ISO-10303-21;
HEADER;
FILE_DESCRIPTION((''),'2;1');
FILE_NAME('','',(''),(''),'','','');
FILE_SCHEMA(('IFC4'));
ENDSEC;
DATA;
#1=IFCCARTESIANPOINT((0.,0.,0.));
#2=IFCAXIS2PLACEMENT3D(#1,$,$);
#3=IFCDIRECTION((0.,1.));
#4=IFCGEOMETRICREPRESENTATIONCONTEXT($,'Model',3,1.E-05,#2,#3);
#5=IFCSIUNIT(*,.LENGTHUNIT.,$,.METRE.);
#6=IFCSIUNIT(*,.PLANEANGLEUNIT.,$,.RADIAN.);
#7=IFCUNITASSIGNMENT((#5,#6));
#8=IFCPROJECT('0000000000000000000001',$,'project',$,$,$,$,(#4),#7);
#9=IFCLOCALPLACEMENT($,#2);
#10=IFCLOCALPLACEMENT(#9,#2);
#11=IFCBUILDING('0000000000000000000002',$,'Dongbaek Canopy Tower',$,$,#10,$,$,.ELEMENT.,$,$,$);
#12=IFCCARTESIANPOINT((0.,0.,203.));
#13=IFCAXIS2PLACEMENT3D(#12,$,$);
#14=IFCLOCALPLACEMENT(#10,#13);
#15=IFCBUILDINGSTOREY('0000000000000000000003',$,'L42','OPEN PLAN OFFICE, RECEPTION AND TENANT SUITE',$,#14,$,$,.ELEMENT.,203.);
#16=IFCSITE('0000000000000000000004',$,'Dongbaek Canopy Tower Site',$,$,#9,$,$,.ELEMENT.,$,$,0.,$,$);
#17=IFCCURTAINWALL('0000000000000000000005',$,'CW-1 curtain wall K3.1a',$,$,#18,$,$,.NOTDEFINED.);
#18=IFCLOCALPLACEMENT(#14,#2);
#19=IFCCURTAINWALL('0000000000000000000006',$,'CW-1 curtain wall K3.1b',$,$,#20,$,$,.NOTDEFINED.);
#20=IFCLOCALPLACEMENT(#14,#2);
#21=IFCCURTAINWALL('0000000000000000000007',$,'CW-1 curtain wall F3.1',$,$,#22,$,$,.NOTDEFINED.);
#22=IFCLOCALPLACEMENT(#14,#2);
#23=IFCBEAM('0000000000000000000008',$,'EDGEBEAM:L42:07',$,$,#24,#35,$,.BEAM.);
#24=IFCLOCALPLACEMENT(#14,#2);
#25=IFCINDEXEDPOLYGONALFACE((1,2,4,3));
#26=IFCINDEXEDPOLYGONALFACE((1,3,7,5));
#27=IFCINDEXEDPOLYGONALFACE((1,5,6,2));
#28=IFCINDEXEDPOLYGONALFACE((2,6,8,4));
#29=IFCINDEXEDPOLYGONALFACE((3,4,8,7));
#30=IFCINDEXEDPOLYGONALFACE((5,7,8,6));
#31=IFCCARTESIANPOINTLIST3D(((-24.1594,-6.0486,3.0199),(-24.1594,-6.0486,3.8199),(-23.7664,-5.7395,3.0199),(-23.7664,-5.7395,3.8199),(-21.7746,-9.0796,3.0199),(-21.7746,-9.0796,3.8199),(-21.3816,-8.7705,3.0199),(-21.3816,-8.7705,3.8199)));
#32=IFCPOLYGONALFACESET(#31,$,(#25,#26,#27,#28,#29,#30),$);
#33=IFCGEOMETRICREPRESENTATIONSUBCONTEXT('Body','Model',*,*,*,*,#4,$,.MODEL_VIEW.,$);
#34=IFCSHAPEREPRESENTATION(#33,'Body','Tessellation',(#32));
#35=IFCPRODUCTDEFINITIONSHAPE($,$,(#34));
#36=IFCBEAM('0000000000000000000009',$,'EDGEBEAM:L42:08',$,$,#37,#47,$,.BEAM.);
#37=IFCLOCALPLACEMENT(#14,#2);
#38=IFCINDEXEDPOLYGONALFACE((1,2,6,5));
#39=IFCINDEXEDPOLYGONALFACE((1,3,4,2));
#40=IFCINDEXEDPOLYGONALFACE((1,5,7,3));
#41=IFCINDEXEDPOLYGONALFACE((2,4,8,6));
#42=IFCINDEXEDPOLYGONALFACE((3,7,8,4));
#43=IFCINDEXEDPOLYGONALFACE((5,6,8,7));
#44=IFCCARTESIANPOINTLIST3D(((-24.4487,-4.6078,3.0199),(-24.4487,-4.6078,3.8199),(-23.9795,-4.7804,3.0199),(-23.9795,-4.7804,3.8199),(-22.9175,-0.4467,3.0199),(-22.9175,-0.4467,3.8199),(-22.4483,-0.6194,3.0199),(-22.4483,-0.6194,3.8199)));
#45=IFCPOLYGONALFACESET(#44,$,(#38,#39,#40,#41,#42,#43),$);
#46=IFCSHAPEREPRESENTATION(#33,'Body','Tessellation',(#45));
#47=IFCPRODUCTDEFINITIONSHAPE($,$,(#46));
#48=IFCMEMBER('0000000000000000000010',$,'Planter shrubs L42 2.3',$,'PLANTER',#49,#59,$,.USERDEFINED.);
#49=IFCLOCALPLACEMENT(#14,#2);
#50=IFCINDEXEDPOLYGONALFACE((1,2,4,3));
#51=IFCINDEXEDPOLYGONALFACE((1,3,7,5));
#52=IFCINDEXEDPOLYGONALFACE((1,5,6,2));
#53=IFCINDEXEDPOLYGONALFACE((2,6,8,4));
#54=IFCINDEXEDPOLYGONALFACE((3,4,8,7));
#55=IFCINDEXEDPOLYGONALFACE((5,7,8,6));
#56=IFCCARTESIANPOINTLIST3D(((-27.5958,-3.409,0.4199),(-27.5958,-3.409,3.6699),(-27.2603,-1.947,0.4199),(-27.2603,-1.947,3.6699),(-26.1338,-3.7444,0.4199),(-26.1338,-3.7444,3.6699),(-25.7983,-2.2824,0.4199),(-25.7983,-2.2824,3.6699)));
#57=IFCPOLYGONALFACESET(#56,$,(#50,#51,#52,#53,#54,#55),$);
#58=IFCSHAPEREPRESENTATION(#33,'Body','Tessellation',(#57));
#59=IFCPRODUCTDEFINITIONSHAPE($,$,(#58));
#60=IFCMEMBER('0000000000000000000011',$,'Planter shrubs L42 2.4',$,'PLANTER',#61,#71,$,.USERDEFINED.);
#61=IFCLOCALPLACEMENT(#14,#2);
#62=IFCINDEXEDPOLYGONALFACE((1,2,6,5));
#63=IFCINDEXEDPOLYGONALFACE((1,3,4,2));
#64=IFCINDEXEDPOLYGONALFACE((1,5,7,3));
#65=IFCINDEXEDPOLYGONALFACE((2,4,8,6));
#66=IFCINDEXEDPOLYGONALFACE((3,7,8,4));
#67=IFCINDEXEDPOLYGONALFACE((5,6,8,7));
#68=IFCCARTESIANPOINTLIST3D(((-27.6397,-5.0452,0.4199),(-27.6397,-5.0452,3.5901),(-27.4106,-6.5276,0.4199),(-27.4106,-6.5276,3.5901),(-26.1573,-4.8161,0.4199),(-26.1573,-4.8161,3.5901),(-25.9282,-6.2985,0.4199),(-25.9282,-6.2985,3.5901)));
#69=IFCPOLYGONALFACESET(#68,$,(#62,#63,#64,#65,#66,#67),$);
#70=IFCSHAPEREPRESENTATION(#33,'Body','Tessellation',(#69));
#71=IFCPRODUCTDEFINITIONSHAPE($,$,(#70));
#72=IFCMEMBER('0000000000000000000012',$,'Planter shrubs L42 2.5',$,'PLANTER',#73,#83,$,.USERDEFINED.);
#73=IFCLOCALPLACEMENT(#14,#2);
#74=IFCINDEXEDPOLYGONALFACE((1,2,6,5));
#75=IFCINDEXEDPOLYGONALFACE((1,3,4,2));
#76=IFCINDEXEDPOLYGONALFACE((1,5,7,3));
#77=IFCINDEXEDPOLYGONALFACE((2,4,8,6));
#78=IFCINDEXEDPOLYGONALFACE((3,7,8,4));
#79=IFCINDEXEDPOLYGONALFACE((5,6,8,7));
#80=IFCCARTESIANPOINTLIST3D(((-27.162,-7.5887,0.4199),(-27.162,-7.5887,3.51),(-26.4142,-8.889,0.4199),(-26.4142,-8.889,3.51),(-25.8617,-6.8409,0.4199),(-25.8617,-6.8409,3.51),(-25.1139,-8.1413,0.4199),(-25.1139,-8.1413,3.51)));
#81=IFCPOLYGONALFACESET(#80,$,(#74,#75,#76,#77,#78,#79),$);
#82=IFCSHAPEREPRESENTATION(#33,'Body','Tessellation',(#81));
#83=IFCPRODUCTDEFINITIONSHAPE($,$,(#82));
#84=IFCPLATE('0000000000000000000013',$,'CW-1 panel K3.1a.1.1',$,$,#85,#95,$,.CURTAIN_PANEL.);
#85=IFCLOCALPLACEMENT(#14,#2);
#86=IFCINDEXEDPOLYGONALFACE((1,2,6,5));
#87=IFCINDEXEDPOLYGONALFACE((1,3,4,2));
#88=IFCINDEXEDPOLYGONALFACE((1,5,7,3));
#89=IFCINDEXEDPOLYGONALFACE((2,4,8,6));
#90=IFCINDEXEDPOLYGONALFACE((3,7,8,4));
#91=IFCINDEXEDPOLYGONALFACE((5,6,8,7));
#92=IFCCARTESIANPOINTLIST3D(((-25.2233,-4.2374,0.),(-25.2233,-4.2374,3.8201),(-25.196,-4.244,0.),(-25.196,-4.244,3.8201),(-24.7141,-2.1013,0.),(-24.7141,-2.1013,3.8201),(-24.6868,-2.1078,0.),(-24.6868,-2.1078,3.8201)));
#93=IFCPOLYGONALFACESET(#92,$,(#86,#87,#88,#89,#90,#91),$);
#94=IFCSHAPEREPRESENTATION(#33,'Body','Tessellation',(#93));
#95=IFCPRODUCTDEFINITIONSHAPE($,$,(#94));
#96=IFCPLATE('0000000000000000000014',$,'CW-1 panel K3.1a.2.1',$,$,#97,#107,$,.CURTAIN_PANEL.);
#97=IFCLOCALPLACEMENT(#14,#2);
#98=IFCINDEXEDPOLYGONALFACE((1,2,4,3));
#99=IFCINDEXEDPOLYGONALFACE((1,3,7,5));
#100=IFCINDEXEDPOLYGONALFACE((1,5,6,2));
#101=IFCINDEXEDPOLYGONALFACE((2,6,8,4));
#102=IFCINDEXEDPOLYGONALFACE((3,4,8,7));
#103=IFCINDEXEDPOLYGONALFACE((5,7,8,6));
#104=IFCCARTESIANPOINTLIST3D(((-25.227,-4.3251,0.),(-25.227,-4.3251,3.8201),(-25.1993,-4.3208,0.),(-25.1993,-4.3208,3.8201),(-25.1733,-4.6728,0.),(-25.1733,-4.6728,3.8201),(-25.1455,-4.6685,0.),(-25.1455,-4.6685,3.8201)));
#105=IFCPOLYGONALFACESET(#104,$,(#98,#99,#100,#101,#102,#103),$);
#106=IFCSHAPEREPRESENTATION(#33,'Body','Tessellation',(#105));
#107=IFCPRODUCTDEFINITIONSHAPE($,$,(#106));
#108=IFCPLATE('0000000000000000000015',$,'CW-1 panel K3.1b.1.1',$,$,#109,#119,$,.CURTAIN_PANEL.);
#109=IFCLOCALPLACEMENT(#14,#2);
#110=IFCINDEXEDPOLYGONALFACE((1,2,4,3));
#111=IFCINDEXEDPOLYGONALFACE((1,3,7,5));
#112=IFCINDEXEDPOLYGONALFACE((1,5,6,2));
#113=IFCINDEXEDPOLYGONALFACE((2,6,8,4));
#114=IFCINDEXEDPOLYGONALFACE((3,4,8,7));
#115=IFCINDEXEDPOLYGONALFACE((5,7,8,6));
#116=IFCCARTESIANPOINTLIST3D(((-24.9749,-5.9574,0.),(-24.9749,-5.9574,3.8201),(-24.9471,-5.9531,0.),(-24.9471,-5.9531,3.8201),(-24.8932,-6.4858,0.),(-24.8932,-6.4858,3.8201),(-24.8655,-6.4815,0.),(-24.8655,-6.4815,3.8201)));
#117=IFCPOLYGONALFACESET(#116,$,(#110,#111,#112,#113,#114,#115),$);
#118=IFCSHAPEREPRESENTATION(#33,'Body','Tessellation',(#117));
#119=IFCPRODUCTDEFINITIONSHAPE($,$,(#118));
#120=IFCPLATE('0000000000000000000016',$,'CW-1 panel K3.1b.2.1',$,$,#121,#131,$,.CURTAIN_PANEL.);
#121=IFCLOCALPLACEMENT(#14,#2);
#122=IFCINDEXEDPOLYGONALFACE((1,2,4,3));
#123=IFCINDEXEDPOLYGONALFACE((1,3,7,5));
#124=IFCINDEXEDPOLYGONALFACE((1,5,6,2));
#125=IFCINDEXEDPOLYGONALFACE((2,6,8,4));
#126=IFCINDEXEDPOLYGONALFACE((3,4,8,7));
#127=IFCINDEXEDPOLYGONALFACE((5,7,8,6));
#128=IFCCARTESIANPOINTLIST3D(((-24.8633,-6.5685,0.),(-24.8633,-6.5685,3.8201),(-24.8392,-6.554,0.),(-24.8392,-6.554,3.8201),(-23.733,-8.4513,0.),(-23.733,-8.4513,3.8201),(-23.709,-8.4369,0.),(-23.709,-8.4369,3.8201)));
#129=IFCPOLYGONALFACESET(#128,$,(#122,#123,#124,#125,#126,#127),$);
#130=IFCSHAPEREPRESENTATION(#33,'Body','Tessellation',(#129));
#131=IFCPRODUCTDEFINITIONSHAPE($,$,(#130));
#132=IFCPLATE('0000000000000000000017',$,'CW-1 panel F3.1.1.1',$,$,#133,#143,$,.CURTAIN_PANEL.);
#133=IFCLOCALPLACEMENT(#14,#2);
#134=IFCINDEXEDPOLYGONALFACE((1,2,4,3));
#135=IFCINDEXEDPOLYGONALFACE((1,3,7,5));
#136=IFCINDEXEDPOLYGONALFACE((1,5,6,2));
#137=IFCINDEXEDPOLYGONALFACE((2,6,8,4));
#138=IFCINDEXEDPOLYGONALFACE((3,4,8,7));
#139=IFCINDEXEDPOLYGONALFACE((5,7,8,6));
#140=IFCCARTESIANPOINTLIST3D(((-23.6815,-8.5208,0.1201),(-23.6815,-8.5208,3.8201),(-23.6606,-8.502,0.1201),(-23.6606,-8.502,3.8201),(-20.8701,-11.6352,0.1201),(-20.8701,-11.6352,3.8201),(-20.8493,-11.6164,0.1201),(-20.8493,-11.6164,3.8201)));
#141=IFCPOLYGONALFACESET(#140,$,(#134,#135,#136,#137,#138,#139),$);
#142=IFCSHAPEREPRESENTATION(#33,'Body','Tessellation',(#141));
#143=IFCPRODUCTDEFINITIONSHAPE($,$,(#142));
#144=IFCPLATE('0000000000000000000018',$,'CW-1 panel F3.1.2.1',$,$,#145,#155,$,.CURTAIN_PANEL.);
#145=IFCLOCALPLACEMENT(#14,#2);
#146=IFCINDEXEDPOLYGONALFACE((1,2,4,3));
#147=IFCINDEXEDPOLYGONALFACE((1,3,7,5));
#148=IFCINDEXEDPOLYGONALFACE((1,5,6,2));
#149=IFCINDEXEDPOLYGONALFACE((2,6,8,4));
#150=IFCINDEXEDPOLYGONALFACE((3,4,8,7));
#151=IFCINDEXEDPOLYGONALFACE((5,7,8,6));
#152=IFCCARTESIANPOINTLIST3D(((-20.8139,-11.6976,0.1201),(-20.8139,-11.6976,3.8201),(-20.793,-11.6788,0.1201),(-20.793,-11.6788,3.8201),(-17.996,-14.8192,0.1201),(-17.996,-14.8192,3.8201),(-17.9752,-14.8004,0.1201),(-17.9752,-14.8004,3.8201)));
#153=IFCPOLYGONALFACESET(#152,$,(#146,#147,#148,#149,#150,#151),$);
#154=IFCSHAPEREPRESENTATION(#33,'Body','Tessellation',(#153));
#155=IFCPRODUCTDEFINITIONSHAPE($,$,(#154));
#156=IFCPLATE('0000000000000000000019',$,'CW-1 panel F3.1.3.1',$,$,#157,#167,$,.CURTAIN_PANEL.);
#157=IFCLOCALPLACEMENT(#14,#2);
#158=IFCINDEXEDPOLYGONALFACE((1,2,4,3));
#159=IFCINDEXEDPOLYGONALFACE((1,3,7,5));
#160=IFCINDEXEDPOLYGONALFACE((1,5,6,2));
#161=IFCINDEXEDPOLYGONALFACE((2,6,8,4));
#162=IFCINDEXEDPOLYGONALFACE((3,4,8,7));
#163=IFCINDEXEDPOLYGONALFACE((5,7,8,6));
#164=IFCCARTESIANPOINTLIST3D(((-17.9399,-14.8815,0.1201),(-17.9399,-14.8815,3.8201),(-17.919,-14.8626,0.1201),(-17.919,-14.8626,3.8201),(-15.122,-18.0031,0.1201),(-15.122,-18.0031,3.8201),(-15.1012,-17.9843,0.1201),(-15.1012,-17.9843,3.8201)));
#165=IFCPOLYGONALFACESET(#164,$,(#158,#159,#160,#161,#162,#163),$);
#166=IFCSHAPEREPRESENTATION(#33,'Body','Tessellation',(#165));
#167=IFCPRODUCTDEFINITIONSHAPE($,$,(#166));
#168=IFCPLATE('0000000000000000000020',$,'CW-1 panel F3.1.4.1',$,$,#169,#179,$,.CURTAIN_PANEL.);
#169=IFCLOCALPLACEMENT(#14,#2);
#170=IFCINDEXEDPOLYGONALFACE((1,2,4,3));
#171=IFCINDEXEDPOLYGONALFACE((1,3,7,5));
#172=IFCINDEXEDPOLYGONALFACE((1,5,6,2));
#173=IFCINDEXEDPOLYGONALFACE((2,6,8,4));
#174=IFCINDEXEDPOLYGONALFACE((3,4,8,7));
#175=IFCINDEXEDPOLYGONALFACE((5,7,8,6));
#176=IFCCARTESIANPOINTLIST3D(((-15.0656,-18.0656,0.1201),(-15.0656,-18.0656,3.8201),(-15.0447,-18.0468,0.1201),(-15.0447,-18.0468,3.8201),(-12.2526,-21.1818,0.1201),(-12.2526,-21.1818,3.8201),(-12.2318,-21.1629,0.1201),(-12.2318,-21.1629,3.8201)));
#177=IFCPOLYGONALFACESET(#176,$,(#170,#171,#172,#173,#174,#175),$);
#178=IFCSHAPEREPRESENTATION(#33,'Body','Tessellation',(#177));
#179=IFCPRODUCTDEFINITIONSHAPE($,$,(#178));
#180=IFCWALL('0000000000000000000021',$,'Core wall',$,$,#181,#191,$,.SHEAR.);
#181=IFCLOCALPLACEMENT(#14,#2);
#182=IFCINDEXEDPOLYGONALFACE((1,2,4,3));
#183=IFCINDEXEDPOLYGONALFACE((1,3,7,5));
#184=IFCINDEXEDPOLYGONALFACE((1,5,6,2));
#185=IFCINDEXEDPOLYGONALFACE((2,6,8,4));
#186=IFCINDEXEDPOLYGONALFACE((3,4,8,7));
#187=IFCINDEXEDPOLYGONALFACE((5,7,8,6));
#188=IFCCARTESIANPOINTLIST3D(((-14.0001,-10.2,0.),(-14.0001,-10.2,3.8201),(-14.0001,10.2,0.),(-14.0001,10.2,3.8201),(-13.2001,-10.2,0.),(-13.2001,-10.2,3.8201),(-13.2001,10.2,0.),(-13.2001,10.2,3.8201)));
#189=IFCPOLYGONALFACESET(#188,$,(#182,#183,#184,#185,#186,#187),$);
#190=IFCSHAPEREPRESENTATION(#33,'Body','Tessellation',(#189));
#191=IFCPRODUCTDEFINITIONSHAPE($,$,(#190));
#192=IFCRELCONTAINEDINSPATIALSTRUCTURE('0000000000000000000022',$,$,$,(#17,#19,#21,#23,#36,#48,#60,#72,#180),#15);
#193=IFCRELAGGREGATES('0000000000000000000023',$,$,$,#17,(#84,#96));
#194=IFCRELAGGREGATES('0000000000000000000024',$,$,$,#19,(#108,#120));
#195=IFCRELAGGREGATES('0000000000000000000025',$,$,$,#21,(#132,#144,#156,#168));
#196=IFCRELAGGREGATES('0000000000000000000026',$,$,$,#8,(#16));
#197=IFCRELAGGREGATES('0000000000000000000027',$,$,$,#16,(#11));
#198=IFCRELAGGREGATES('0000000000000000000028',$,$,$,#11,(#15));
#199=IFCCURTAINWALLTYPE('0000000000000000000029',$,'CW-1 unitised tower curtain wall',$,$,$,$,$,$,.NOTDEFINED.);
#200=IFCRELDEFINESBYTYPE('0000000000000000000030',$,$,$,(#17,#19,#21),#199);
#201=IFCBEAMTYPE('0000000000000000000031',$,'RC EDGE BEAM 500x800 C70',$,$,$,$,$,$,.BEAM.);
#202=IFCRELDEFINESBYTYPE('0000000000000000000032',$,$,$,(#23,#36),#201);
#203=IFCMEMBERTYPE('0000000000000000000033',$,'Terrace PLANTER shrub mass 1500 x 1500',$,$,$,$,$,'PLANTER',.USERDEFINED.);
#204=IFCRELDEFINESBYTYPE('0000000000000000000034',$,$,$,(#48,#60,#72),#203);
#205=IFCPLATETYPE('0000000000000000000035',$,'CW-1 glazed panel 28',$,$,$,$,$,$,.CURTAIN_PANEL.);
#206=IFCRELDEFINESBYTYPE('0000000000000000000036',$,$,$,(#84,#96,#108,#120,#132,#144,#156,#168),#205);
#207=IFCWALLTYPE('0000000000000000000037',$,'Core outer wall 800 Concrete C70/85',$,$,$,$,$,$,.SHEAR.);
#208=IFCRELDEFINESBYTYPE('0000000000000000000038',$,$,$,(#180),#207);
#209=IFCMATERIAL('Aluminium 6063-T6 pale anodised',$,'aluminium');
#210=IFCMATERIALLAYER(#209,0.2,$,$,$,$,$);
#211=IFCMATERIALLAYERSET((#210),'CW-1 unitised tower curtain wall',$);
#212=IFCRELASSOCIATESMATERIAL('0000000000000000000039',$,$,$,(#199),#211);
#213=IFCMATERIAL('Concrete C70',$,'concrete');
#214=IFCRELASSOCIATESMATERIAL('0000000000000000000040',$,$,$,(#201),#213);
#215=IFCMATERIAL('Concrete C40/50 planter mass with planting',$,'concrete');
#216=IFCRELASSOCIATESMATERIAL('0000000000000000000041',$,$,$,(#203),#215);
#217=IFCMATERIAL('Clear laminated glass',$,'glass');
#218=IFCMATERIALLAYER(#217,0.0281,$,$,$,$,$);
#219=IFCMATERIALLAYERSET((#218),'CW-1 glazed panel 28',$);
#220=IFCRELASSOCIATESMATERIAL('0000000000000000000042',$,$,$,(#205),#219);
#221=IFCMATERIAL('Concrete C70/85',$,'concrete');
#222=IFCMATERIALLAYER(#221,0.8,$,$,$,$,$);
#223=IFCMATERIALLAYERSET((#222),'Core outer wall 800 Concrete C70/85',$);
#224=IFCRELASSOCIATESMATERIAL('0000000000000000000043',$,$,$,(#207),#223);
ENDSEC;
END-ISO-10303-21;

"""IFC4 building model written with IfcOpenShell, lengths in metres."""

from ifc_helpers import new_model, si_unit, direction, frame, frame_2d, origin, origin_2d, place, context, subcontext, project, spatial, rectangle, extrude, material, layer, layer_set, material_profile, profile_set, type_object, element, aggregate, save


model = new_model("IFC4")

# Units and contexts
model_context = context("Model", 3, precision=1e-05, world=origin(), true_north=direction((0.0, 1.0)))
body_context = subcontext(model_context, "Body", "Model", "MODEL_VIEW")
ifc_project = project(units=[si_unit("LENGTHUNIT", "METRE"), si_unit("PLANEANGLEUNIT", "RADIAN")], contexts=[model_context])

# Site, building, storey
site_placement = place(None, origin())
site = spatial("IfcSite", under=ifc_project, at=site_placement, Name="Dongbaek Canopy Tower Site", CompositionType="ELEMENT", RefElevation=0.0)
building_placement = place(site_placement, origin())
building = spatial("IfcBuilding", under=site, at=building_placement, Name="Dongbaek Canopy Tower", CompositionType="ELEMENT")
storey_placement = place(building_placement, frame((0.0, 0.0, 203.0)))
storey = spatial("IfcBuildingStorey", under=building, at=storey_placement, Name="L42", Description="OPEN PLAN OFFICE, RECEPTION AND TENANT SUITE", CompositionType="ELEMENT", Elevation=203.0)

# Curtain walls
ifc_material_1 = material(Name="Aluminium 6063-T6 pale anodised", Category="aluminium")
ifc_layer_1 = layer(ifc_material_1, 0.2)
ifc_layer_set_1 = layer_set([ifc_layer_1], Name="CW-1 unitised tower curtain wall")
curtain_wall_type = type_object("IfcCurtainWallType", Name="CW-1 unitised tower curtain wall", PredefinedType="NOTDEFINED", material=ifc_layer_set_1)
curtain_wall_1_placement = place(storey_placement, origin())
curtain_wall_1 = element("IfcCurtainWall", 1, at=curtain_wall_1_placement, inside=storey, type_object=curtain_wall_type, Name="CW-1 curtain wall K3.1a", PredefinedType="NOTDEFINED")
curtain_wall_2_placement = place(storey_placement, origin())
curtain_wall_2 = element("IfcCurtainWall", 2, at=curtain_wall_2_placement, inside=storey, type_object=curtain_wall_type, Name="CW-1 curtain wall K3.1b", PredefinedType="NOTDEFINED")
curtain_wall_3_placement = place(storey_placement, origin())
curtain_wall_3 = element("IfcCurtainWall", 3, at=curtain_wall_3_placement, inside=storey, type_object=curtain_wall_type, Name="CW-1 curtain wall F3.1", PredefinedType="NOTDEFINED")

# Beams
ifc_material_2 = material(Name="Concrete C70", Category="concrete")
ifc_material_profile_1 = material_profile(ifc_material_2, rectangle(XDim=0.5, YDim=0.8, at=origin_2d()), Name="RC EDGE BEAM 500x800 C70")
ifc_profile_set_1 = profile_set([ifc_material_profile_1], Name="Concrete C70")
beam_type = type_object("IfcBeamType", Name="RC EDGE BEAM 500x800 C70", PredefinedType="BEAM", material=ifc_profile_set_1)
beam_1_placement = place(storey_placement, frame((-21.5781, -8.925, 3.4199), z_axis=(-0.618344, 0.785907, 0.0), x_axis=(-0.785907, -0.618344, 0.0)))
element("IfcBeam", 4, at=beam_1_placement, inside=storey, type_object=beam_type, Name="EDGEBEAM:L42:07", PredefinedType="BEAM", context=body_context, shape_type="SweptSolid", body=[
    extrude(rectangle(XDim=0.5, YDim=0.8, at=origin_2d()), origin(), (0.0, 0.0, 1.0), 3.8567),
])
beam_2_placement = place(storey_placement, frame((-24.2141, -4.6941, 3.4199), z_axis=(0.345348, 0.938475, 0.0), x_axis=(-0.938475, 0.345348, 0.0)))
element("IfcBeam", 5, at=beam_2_placement, inside=storey, type_object=beam_type, Name="EDGEBEAM:L42:08", PredefinedType="BEAM", context=body_context, shape_type="SweptSolid", body=[
    extrude(rectangle(XDim=0.5, YDim=0.8, at=origin_2d()), origin(), (0.0, 0.0, 1.0), 4.4338),
])

# Members
ifc_material_3 = material(Name="Concrete C40/50 planter mass with planting", Category="concrete")
ifc_material_profile_2 = material_profile(ifc_material_3, rectangle(XDim=1.5, YDim=1.5, at=origin_2d()), Name="Terrace PLANTER shrub mass 1500 x 1500")
ifc_profile_set_2 = profile_set([ifc_material_profile_2], Name="Concrete C40/50 planter mass with planting")
member_type_1 = type_object("IfcMemberType", Name="Terrace PLANTER shrub mass 1500 x 1500", ElementType="PLANTER", PredefinedType="USERDEFINED", material=ifc_profile_set_2)
member_1_placement = place(storey_placement, frame((-26.697, -2.8457, 0.4199), z_axis=(0.0, 0.0, 1.0), x_axis=(-0.974671, 0.223643, 0.0)))
element("IfcMember", 6, at=member_1_placement, inside=storey, type_object=member_type_1, Name="Planter shrubs L42 2.3", ObjectType="PLANTER", PredefinedType="USERDEFINED", context=body_context, shape_type="SweptSolid", body=[
    extrude(rectangle(XDim=1.5, YDim=1.5, at=origin_2d()), origin(), (0.0, 0.0, 1.0), 3.25),
])
member_2_placement = place(storey_placement, frame((-26.7839, -5.6719, 0.4199), z_axis=(0.0, 0.0, 1.0), x_axis=(-0.988271, -0.152713, 0.0)))
element("IfcMember", 7, at=member_2_placement, inside=storey, type_object=member_type_1, Name="Planter shrubs L42 2.4", ObjectType="PLANTER", PredefinedType="USERDEFINED", context=body_context, shape_type="SweptSolid", body=[
    extrude(rectangle(XDim=1.5, YDim=1.5, at=origin_2d()), origin(), (0.0, 0.0, 1.0), 3.1702),
])
member_3_placement = place(storey_placement, frame((-26.1379, -7.865, 0.4199), z_axis=(0.0, 0.0, 1.0), x_axis=(-0.86688, -0.498517, 0.0)))
element("IfcMember", 8, at=member_3_placement, inside=storey, type_object=member_type_1, Name="Planter shrubs L42 2.5", ObjectType="PLANTER", PredefinedType="USERDEFINED", context=body_context, shape_type="SweptSolid", body=[
    extrude(rectangle(XDim=1.5, YDim=1.5, at=origin_2d()), origin(), (0.0, 0.0, 1.0), 3.0901),
])

# Plates
ifc_material_4 = material(Name="Clear laminated glass", Category="glass")
ifc_layer_2 = layer(ifc_material_4, 0.0281)
ifc_layer_set_2 = layer_set([ifc_layer_2], Name="CW-1 glazed panel 28")
plate_type = type_object("IfcPlateType", Name="CW-1 glazed panel 28", PredefinedType="CURTAIN_PANEL", material=ifc_layer_set_2)
plate_1_placement = place(storey_placement, frame((-24.9551, -3.1726, 0.0), z_axis=(0.0, 0.0, 1.0), x_axis=(-0.231882, -0.972744, 0.0)))
plate_1 = element("IfcPlate", 9, at=plate_1_placement, type_object=plate_type, Name="CW-1 panel K3.1a.1.1", PredefinedType="CURTAIN_PANEL", context=body_context, shape_type="SweptSolid", body=[
    extrude(rectangle(XDim=2.196, YDim=0.0281, at=origin_2d()), origin(), (0.0, 0.0, 1.0), 3.8201),
])
plate_2_placement = place(storey_placement, frame((-25.1863, -4.4968, 0.0), z_axis=(0.0, 0.0, 1.0), x_axis=(0.152713, -0.988271, 0.0)))
plate_2 = element("IfcPlate", 10, at=plate_2_placement, type_object=plate_type, Name="CW-1 panel K3.1a.2.1", PredefinedType="CURTAIN_PANEL", context=body_context, shape_type="SweptSolid", body=[
    extrude(rectangle(XDim=0.3518, YDim=0.0281, at=origin_2d()), origin(), (0.0, 0.0, 1.0), 3.8201),
])
aggregate(curtain_wall_1, [plate_1, plate_2])
plate_3_placement = place(storey_placement, frame((-24.9202, -6.2195, 0.0), z_axis=(0.0, 0.0, 1.0), x_axis=(0.152713, -0.988271, 0.0)))
plate_3 = element("IfcPlate", 11, at=plate_3_placement, type_object=plate_type, Name="CW-1 panel K3.1b.1.1", PredefinedType="CURTAIN_PANEL", context=body_context, shape_type="SweptSolid", body=[
    extrude(rectangle(XDim=0.5347, YDim=0.0281, at=origin_2d()), origin(), (0.0, 0.0, 1.0), 3.8201),
])
plate_4_placement = place(storey_placement, frame((-24.2861, -7.5027, 0.0), z_axis=(0.0, 0.0, 1.0), x_axis=(0.514683, -0.857381, 0.0)))
plate_4 = element("IfcPlate", 12, at=plate_4_placement, type_object=plate_type, Name="CW-1 panel K3.1b.2.1", PredefinedType="CURTAIN_PANEL", context=body_context, shape_type="SweptSolid", body=[
    extrude(rectangle(XDim=2.196, YDim=0.0281, at=origin_2d()), origin(), (0.0, 0.0, 1.0), 3.8201),
])
aggregate(curtain_wall_2, [plate_3, plate_4])
plate_5_placement = place(storey_placement, frame((-22.2654, -10.0686, 0.1201), z_axis=(0.0, 0.0, 1.0), x_axis=(0.670068, -0.7423, 0.0)))
plate_5 = element("IfcPlate", 13, at=plate_5_placement, type_object=plate_type, Name="CW-1 panel F3.1.1.1", PredefinedType="CURTAIN_PANEL", context=body_context, shape_type="SweptSolid", body=[
    extrude(rectangle(XDim=4.1956, YDim=0.0281, at=origin_2d()), origin(), (0.0, 0.0, 1.0), 3.7),
])
plate_6_placement = place(storey_placement, frame((-19.3945, -13.249, 0.1201), z_axis=(0.0, 0.0, 1.0), x_axis=(0.670068, -0.7423, 0.0)))
plate_6 = element("IfcPlate", 14, at=plate_6_placement, type_object=plate_type, Name="CW-1 panel F3.1.2.1", PredefinedType="CURTAIN_PANEL", context=body_context, shape_type="SweptSolid", body=[
    extrude(rectangle(XDim=4.2053, YDim=0.0281, at=origin_2d()), origin(), (0.0, 0.0, 1.0), 3.7),
])
plate_7_placement = place(storey_placement, frame((-16.5205, -16.4329, 0.1201), z_axis=(0.0, 0.0, 1.0), x_axis=(0.670068, -0.7423, 0.0)))
plate_7 = element("IfcPlate", 15, at=plate_7_placement, type_object=plate_type, Name="CW-1 panel F3.1.3.1", PredefinedType="CURTAIN_PANEL", context=body_context, shape_type="SweptSolid", body=[
    extrude(rectangle(XDim=4.2053, YDim=0.0281, at=origin_2d()), origin(), (0.0, 0.0, 1.0), 3.7),
])
plate_8_placement = place(storey_placement, frame((-13.6487, -19.6143, 0.1201), z_axis=(0.0, 0.0, 1.0), x_axis=(0.670068, -0.7423, 0.0)))
plate_8 = element("IfcPlate", 16, at=plate_8_placement, type_object=plate_type, Name="CW-1 panel F3.1.4.1", PredefinedType="CURTAIN_PANEL", context=body_context, shape_type="SweptSolid", body=[
    extrude(rectangle(XDim=4.198, YDim=0.0281, at=origin_2d()), origin(), (0.0, 0.0, 1.0), 3.7),
])

# Wall
ifc_material_5 = material(Name="Concrete C70/85", Category="concrete")
ifc_layer_3 = layer(ifc_material_5, 0.8)
ifc_layer_set_3 = layer_set([ifc_layer_3], Name="Core outer wall 800 Concrete C70/85")
wall_type_1 = type_object("IfcWallType", Name="Core outer wall 800 Concrete C70/85", PredefinedType="SHEAR", material=ifc_layer_set_3)
wall_1_placement = place(storey_placement, frame((-13.6001, -10.2, 0.0), z_axis=(0.0, 0.0, 1.0), x_axis=(0.0, 1.0, 0.0)))
element("IfcWall", 17, at=wall_1_placement, inside=storey, type_object=wall_type_1, Name="Core wall", PredefinedType="SHEAR", context=body_context, shape_type="SweptSolid", body=[
    extrude(rectangle(XDim=20.3999, YDim=0.8, at=frame_2d((10.2, 0.0))), origin(), (0.0, 0.0, 1.0), 3.8201),
])

aggregate(curtain_wall_3, [plate_5, plate_6, plate_7, plate_8])

save(model, "model.ifc")
